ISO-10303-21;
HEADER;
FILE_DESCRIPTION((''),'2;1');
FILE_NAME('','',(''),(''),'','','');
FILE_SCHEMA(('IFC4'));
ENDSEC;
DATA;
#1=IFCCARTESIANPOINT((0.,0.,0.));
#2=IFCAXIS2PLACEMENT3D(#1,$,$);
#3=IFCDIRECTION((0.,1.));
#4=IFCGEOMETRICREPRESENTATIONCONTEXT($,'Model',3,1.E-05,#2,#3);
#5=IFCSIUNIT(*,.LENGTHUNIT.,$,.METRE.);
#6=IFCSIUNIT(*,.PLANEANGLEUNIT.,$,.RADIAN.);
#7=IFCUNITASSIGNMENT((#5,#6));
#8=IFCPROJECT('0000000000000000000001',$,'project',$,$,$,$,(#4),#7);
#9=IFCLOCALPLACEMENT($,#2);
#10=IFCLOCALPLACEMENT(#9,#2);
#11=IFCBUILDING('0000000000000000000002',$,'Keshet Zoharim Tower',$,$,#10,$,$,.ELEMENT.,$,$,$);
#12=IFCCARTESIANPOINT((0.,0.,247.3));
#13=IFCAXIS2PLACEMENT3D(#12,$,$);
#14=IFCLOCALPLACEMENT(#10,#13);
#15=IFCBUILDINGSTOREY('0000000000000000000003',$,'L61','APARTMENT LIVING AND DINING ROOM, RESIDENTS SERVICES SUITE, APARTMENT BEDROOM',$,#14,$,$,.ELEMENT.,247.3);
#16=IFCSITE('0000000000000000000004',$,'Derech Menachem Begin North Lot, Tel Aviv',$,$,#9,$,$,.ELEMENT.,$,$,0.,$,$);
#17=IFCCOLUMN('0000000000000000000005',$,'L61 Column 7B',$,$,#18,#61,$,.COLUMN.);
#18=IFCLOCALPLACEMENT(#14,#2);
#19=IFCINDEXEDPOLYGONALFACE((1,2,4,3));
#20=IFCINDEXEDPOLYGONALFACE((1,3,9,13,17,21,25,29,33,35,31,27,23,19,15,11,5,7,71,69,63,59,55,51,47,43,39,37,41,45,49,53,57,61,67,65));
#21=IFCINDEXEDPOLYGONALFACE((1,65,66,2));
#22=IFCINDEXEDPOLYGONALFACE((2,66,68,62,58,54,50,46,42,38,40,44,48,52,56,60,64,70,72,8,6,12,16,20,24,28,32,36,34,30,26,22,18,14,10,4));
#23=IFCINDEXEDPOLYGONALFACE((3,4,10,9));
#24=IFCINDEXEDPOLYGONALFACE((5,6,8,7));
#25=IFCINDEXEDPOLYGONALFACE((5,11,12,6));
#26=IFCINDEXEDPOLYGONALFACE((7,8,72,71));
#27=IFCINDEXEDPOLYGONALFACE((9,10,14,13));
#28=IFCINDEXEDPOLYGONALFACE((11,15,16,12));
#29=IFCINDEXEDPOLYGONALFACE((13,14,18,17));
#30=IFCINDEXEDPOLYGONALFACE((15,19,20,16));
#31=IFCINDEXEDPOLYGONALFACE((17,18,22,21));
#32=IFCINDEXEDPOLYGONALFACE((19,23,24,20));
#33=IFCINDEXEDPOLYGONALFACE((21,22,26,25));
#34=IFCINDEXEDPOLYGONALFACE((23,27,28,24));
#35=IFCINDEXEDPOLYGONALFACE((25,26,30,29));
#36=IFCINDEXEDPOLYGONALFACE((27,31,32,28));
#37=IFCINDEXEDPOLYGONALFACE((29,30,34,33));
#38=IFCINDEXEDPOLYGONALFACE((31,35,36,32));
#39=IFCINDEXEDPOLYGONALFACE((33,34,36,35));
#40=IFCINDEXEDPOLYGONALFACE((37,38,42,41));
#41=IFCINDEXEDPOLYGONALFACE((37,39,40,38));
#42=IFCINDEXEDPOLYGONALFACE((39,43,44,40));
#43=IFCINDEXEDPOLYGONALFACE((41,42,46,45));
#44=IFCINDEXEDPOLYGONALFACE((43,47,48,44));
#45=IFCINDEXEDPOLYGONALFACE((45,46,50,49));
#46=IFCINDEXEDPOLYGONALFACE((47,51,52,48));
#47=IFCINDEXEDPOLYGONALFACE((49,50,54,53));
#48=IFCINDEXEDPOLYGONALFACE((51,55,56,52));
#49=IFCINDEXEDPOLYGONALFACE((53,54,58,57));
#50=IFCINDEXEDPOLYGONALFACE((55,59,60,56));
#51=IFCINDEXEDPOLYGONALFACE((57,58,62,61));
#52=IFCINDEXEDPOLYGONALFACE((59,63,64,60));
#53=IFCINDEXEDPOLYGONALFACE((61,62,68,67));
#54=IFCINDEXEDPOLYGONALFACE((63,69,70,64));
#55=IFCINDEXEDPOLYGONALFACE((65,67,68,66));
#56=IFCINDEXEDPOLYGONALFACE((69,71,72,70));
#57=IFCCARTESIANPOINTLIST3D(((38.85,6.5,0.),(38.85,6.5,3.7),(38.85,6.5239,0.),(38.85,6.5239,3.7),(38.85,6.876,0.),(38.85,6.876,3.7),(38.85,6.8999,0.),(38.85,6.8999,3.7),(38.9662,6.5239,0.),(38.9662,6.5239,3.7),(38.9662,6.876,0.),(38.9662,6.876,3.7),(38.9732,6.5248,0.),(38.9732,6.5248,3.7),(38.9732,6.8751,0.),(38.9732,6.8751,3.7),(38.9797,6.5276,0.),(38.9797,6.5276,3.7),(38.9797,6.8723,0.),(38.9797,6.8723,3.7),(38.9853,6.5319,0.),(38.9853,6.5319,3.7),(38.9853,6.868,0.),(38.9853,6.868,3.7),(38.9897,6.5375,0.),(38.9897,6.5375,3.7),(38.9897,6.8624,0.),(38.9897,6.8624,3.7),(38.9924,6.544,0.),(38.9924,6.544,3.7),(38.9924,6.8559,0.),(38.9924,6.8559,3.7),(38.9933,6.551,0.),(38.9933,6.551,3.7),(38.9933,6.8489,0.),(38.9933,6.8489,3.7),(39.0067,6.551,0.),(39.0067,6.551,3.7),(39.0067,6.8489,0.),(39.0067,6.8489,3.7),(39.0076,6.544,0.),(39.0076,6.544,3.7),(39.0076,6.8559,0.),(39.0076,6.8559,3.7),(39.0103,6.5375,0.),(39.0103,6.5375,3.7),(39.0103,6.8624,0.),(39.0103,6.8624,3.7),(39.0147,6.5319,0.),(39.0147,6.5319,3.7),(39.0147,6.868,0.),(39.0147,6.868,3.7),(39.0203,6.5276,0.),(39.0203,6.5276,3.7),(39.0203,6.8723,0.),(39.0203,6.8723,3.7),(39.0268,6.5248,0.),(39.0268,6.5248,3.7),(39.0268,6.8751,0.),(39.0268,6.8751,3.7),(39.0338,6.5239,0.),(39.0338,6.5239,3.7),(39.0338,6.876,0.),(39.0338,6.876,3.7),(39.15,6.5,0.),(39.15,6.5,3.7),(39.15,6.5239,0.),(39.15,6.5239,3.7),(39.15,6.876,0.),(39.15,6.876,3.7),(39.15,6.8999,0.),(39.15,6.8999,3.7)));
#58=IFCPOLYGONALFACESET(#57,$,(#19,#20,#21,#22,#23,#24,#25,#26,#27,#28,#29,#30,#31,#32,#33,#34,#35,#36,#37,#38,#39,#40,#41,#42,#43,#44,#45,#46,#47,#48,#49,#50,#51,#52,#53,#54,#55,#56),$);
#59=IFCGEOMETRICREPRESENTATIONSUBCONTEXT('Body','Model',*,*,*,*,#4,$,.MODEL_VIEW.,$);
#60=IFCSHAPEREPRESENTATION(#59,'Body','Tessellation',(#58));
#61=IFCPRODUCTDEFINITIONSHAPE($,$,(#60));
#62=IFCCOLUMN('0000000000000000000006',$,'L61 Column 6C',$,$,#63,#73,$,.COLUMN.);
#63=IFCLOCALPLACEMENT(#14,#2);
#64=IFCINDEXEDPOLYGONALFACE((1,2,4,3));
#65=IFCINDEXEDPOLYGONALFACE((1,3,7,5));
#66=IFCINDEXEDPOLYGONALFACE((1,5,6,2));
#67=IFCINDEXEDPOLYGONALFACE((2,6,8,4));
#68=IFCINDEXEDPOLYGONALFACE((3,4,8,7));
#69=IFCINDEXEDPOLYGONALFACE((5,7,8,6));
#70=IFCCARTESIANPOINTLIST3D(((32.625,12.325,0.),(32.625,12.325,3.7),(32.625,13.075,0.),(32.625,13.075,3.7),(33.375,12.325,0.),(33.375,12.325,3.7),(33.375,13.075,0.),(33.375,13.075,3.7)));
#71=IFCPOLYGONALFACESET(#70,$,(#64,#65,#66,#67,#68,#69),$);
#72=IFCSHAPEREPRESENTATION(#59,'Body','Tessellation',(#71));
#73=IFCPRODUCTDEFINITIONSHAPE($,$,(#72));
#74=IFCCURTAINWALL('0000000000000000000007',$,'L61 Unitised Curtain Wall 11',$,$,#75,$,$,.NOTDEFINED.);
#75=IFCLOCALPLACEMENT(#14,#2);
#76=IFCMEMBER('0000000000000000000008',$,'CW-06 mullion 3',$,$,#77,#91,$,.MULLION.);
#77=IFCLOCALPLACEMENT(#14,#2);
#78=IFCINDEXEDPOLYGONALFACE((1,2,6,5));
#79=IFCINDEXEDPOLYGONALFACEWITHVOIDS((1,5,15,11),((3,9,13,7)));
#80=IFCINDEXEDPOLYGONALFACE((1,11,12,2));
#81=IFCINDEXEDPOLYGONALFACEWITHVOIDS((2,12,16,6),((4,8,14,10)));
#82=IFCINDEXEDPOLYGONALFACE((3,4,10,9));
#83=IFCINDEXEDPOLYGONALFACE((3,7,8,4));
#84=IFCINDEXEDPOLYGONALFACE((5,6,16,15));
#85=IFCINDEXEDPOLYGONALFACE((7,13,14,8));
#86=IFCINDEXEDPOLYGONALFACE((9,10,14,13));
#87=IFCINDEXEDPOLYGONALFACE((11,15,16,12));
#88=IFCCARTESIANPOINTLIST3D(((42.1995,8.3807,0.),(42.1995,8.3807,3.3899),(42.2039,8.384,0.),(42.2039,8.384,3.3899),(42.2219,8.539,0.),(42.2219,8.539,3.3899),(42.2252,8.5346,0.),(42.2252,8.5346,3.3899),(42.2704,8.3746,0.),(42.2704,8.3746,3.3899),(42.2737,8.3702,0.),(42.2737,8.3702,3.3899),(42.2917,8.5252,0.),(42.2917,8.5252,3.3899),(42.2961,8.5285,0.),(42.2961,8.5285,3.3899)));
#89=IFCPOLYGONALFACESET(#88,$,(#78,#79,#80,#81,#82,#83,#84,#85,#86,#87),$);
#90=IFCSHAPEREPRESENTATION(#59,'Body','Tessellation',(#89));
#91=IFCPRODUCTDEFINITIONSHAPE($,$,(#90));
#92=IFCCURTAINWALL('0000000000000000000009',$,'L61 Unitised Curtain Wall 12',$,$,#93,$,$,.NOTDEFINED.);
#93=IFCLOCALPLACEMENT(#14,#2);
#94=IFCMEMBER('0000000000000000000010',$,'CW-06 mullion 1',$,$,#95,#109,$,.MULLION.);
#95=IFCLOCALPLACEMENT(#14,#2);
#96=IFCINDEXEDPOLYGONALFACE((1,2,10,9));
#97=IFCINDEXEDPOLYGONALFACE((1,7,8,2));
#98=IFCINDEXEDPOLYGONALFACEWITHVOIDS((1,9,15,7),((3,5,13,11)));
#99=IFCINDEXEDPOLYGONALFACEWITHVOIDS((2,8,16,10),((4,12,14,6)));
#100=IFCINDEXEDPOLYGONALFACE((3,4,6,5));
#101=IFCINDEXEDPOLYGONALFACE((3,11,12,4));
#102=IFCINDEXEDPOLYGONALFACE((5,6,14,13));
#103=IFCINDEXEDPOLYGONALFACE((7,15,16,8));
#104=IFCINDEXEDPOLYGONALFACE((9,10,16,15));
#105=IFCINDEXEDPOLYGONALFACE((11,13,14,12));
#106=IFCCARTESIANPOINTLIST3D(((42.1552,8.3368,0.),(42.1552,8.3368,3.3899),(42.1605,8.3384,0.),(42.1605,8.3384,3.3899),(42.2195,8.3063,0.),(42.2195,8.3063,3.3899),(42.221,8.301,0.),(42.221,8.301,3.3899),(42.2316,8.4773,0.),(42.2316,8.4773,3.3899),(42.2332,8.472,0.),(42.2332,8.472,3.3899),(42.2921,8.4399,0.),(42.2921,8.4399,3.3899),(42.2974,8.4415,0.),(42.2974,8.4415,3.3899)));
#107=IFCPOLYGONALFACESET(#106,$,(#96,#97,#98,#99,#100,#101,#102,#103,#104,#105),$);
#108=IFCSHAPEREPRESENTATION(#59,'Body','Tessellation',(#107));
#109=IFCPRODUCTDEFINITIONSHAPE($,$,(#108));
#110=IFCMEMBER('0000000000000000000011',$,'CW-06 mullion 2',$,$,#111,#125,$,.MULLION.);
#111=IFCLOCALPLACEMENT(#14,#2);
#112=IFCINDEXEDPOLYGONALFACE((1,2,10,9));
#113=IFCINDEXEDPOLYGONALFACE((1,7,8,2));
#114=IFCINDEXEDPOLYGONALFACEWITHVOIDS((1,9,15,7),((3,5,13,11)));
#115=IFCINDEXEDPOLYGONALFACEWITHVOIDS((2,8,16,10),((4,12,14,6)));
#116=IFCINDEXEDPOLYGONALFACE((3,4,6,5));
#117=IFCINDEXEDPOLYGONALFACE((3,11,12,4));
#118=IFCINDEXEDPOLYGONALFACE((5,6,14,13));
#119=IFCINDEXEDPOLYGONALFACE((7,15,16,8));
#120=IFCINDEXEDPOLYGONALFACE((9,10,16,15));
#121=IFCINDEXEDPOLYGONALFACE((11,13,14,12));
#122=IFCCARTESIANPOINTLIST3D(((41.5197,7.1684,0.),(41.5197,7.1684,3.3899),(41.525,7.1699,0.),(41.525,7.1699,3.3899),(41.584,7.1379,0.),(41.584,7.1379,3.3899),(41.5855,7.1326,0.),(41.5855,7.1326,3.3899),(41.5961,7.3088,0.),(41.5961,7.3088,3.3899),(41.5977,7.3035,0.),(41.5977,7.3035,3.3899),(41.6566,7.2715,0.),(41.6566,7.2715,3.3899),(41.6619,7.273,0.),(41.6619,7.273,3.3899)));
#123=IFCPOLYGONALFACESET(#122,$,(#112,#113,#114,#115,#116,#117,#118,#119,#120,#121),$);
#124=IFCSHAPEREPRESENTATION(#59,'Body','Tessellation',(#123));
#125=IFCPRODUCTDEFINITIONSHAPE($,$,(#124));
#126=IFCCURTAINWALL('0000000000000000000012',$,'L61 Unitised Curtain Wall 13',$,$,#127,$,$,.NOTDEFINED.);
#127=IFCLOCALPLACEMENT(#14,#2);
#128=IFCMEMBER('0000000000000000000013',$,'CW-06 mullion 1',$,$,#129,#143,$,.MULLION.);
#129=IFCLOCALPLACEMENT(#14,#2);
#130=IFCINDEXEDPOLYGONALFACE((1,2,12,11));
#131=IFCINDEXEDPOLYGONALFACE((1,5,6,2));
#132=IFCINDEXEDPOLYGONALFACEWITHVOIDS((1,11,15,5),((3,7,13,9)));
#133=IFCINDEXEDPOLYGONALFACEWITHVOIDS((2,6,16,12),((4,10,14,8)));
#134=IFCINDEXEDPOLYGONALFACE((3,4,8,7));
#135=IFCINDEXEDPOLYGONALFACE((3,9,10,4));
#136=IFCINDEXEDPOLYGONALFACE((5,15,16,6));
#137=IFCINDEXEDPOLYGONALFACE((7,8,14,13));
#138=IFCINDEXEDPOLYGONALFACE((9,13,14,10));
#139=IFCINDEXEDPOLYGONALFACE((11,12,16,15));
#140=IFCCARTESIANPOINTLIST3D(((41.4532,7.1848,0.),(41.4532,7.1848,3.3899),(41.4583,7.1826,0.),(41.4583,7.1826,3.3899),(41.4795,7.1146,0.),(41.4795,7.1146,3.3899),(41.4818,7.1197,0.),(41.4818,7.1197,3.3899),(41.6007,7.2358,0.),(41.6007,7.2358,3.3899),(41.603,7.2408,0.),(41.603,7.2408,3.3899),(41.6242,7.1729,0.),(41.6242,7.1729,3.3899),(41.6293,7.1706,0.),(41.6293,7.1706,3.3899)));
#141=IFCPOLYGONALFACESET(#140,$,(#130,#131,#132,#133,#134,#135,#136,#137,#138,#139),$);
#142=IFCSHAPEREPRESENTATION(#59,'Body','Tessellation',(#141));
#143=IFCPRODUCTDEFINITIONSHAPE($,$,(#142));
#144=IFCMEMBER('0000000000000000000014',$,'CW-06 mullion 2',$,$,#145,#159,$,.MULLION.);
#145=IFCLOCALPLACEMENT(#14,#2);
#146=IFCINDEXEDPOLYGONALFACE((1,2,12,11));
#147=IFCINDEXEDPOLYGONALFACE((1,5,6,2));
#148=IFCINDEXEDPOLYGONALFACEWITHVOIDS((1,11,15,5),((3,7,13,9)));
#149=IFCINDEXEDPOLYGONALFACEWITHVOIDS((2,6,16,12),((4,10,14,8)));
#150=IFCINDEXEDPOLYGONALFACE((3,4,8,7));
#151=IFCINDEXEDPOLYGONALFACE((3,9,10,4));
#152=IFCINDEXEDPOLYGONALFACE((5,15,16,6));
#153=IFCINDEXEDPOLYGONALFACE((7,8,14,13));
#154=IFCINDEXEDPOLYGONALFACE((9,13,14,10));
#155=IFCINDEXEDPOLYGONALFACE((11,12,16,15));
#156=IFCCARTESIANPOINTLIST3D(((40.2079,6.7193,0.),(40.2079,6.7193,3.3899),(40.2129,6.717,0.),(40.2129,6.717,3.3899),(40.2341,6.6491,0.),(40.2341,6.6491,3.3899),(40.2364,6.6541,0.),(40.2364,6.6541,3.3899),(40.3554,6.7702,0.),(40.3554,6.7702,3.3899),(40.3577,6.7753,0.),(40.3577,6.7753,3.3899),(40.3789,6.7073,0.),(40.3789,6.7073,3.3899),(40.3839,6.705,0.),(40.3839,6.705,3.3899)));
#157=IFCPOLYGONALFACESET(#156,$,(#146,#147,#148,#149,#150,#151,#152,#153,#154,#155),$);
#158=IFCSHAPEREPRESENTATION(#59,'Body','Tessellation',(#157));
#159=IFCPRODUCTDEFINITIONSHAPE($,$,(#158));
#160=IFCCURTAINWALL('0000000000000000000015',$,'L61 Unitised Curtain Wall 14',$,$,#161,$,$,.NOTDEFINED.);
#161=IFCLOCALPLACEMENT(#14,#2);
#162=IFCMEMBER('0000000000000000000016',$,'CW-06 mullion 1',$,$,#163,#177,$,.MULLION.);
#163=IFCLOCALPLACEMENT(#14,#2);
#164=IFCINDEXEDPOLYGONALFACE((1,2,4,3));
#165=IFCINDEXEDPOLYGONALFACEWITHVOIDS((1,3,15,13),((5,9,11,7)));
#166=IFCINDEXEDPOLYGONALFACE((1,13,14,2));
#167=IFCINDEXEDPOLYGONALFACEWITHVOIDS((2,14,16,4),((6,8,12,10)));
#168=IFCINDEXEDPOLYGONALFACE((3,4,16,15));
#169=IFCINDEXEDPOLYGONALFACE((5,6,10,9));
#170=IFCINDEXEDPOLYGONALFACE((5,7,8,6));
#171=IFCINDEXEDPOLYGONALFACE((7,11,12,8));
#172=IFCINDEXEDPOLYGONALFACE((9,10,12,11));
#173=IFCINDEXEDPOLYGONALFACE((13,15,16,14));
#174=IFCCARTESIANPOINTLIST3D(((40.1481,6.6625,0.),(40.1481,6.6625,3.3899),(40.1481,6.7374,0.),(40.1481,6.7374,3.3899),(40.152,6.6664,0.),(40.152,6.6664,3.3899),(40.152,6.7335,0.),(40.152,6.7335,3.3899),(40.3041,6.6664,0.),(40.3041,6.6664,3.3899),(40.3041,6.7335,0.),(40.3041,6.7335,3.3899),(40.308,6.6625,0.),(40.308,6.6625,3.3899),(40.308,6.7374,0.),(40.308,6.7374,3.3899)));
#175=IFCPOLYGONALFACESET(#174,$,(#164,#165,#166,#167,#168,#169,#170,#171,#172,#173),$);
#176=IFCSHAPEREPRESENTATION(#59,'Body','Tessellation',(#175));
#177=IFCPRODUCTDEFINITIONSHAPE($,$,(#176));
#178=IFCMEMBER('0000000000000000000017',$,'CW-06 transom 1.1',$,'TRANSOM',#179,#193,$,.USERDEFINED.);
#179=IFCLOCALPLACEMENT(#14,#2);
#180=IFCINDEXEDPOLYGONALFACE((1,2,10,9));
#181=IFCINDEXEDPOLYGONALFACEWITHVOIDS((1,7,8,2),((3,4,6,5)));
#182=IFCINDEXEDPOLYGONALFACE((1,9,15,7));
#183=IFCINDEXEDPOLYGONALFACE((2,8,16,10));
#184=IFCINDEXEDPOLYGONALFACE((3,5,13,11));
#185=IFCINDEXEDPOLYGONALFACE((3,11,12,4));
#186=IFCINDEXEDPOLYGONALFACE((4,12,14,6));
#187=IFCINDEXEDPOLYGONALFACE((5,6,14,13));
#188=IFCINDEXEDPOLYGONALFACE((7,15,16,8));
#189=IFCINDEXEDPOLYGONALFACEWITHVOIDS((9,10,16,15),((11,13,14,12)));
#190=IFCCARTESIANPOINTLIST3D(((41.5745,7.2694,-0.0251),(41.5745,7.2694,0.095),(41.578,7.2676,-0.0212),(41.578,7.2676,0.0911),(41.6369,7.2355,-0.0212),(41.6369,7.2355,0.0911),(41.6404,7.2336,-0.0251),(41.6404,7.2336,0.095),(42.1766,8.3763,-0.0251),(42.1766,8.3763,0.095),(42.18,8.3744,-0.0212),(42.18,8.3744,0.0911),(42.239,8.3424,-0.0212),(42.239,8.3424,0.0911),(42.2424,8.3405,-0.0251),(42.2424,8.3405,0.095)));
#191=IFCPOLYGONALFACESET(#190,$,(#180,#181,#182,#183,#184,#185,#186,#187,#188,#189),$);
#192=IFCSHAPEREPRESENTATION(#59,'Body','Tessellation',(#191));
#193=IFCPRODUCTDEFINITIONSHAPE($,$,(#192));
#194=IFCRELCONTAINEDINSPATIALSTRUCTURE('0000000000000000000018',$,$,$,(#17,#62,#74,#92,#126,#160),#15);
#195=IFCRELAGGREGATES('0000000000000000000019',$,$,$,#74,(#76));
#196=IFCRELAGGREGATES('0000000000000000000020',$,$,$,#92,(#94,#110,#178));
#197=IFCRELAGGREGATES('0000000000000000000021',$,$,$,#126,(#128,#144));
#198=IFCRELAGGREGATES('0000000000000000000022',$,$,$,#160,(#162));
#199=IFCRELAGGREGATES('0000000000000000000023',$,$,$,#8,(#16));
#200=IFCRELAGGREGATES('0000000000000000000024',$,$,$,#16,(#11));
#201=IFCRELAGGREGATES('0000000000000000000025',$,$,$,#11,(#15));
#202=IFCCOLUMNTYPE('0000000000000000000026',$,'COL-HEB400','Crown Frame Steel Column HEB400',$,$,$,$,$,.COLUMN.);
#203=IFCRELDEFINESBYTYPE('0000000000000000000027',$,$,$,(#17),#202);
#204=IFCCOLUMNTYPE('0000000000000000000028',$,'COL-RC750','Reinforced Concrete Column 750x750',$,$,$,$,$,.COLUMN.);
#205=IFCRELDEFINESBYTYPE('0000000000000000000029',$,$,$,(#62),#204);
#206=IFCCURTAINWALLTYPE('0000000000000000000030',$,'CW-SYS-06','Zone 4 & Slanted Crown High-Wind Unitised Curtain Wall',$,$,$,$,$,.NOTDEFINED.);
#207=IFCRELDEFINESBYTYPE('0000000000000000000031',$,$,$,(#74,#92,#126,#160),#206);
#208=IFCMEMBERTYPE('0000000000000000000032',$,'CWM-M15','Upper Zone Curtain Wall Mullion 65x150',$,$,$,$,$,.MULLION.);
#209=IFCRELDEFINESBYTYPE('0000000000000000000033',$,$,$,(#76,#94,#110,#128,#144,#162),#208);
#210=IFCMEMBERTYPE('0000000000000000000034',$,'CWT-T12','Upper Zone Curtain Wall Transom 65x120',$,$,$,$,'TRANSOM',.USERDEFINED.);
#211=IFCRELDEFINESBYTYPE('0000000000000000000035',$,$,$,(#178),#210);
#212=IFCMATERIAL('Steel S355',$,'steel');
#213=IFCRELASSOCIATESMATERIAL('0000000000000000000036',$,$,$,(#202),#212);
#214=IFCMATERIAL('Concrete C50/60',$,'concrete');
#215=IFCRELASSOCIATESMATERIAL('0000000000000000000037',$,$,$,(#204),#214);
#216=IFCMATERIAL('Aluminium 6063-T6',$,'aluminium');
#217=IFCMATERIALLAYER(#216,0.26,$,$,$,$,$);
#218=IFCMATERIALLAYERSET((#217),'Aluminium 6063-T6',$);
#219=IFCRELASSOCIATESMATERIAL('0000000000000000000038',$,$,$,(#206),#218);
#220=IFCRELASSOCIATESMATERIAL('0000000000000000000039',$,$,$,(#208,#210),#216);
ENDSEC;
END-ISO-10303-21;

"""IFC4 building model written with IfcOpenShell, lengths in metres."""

from ifc_helpers import new_model, si_unit, direction, frame, origin, origin_2d, place, context, subcontext, project, spatial, rectangle, hollow_rectangle, i_section, extrude, material, layer, layer_set, material_profile, profile_set, type_object, element, aggregate, save


model = new_model("IFC4")

# Units and contexts
model_context = context("Model", 3, precision=1e-05, world=origin(), true_north=direction((0.0, 1.0)))
body_context = subcontext(model_context, "Body", "Model", "MODEL_VIEW")
ifc_project = project(units=[si_unit("LENGTHUNIT", "METRE"), si_unit("PLANEANGLEUNIT", "RADIAN")], contexts=[model_context])

# Site, building, storey
site_placement = place(None, origin())
site = spatial("IfcSite", under=ifc_project, at=site_placement, Name="Derech Menachem Begin North Lot, Tel Aviv", CompositionType="ELEMENT", RefElevation=0.0)
building_placement = place(site_placement, origin())
building = spatial("IfcBuilding", under=site, at=building_placement, Name="Keshet Zoharim Tower", CompositionType="ELEMENT")
storey_placement = place(building_placement, frame((0.0, 0.0, 247.3)))
storey = spatial("IfcBuildingStorey", under=building, at=storey_placement, Name="L61", Description="APARTMENT LIVING AND DINING ROOM, RESIDENTS SERVICES SUITE, APARTMENT BEDROOM", CompositionType="ELEMENT", Elevation=247.3)

# Columns
ifc_material_1 = material(Name="Steel S355", Category="steel")
ifc_material_profile_1 = material_profile(ifc_material_1, i_section(OverallWidth=0.3, OverallDepth=0.3999, WebThickness=0.0134, FlangeThickness=0.0239, FilletRadius=0.0271, at=origin_2d()), Name="HEB400")
ifc_profile_set_1 = profile_set([ifc_material_profile_1], Name="Steel S355")
column_type_1 = type_object("IfcColumnType", Name="COL-HEB400", Description="Crown Frame Steel Column HEB400", PredefinedType="COLUMN", material=ifc_profile_set_1)
column_1_placement = place(storey_placement, frame((39.0, 6.7, 0.0), z_axis=(0.0, 0.0, 1.0), x_axis=(1.0, 0.0, 0.0)))
element("IfcColumn", 1, at=column_1_placement, inside=storey, type_object=column_type_1, Name="L61 Column 7B", PredefinedType="COLUMN", context=body_context, shape_type="SweptSolid", body=[
    extrude(i_section(OverallWidth=0.3, OverallDepth=0.3999, WebThickness=0.0134, FlangeThickness=0.0239, FilletRadius=0.0271, at=origin_2d()), origin(), (0.0, 0.0, 1.0), 3.7),
])
ifc_material_2 = material(Name="Concrete C50/60", Category="concrete")
ifc_material_profile_2 = material_profile(ifc_material_2, rectangle(XDim=0.75, YDim=0.75, at=origin_2d()), Name="RC750x750")
ifc_profile_set_2 = profile_set([ifc_material_profile_2], Name="Concrete C50/60")
column_type_2 = type_object("IfcColumnType", Name="COL-RC750", Description="Reinforced Concrete Column 750x750", PredefinedType="COLUMN", material=ifc_profile_set_2)
column_2_placement = place(storey_placement, frame((33.0, 12.7, 0.0), z_axis=(0.0, 0.0, 1.0), x_axis=(1.0, 0.0, 0.0)))
element("IfcColumn", 2, at=column_2_placement, inside=storey, type_object=column_type_2, Name="L61 Column 6C", PredefinedType="COLUMN", context=body_context, shape_type="SweptSolid", body=[
    extrude(rectangle(XDim=0.75, YDim=0.75, at=origin_2d()), origin(), (0.0, 0.0, 1.0), 3.7),
])

# Curtain wall, member
ifc_material_3 = material(Name="Aluminium 6063-T6", Category="aluminium")
ifc_layer_1 = layer(ifc_material_3, 0.26)
ifc_layer_set_1 = layer_set([ifc_layer_1], Name="Aluminium 6063-T6")
curtain_wall_type = type_object("IfcCurtainWallType", Name="CW-SYS-06", Description="Zone 4 & Slanted Crown High-Wind Unitised Curtain Wall", PredefinedType="NOTDEFINED", material=ifc_layer_set_1)
curtain_wall_1_placement = place(storey_placement, origin())
curtain_wall_1 = element("IfcCurtainWall", 3, at=curtain_wall_1_placement, inside=storey, type_object=curtain_wall_type, Name="L61 Unitised Curtain Wall 11", PredefinedType="NOTDEFINED")
ifc_material_profile_3 = material_profile(ifc_material_3, hollow_rectangle(XDim=0.075, YDim=0.1599, WallThickness=0.0039, at=origin_2d()), Name="MUL-75x160")
ifc_profile_set_3 = profile_set([ifc_material_profile_3], Name="Aluminium 6063-T6")
member_type_1 = type_object("IfcMemberType", Name="CWM-M15", Description="Upper Zone Curtain Wall Mullion 65x150", PredefinedType="MULLION", material=ifc_profile_set_3)
member_1_placement = place(storey_placement, frame((42.2478, 8.4546, 0.0), z_axis=(0.0, 0.0, 1.0), x_axis=(0.990132, -0.140137, 0.0)))
member_1 = element("IfcMember", 4, at=member_1_placement, type_object=member_type_1, Name="CW-06 mullion 3", PredefinedType="MULLION", context=body_context, shape_type="SweptSolid", body=[
    extrude(hollow_rectangle(XDim=0.075, YDim=0.1599, WallThickness=0.0039, at=origin_2d()), origin(), (0.0, 0.0, 1.0), 3.3899),
])
aggregate(curtain_wall_1, [member_1])

# Curtain walls, members
curtain_wall_2_placement = place(storey_placement, origin())
curtain_wall_2 = element("IfcCurtainWall", 5, at=curtain_wall_2_placement, inside=storey, type_object=curtain_wall_type, Name="L61 Unitised Curtain Wall 12", PredefinedType="NOTDEFINED")
member_2_placement = place(storey_placement, frame((42.2263, 8.3892, 0.0), z_axis=(0.0, 0.0, 1.0), x_axis=(0.878468, -0.477801, 0.0)))
member_2 = element("IfcMember", 6, at=member_2_placement, type_object=member_type_1, Name="CW-06 mullion 1", PredefinedType="MULLION", context=body_context, shape_type="SweptSolid", body=[
    extrude(hollow_rectangle(XDim=0.075, YDim=0.1599, WallThickness=0.0039, at=origin_2d()), origin(), (0.0, 0.0, 1.0), 3.3899),
])
member_3_placement = place(storey_placement, frame((41.5908, 7.2207, 0.0), z_axis=(0.0, 0.0, 1.0), x_axis=(0.878468, -0.477801, 0.0)))
member_3 = element("IfcMember", 7, at=member_3_placement, type_object=member_type_1, Name="CW-06 mullion 2", PredefinedType="MULLION", context=body_context, shape_type="SweptSolid", body=[
    extrude(hollow_rectangle(XDim=0.075, YDim=0.1599, WallThickness=0.0039, at=origin_2d()), origin(), (0.0, 0.0, 1.0), 3.3899),
])
curtain_wall_3_placement = place(storey_placement, origin())
curtain_wall_3 = element("IfcCurtainWall", 8, at=curtain_wall_3_placement, inside=storey, type_object=curtain_wall_type, Name="L61 Unitised Curtain Wall 13", PredefinedType="NOTDEFINED")
member_4_placement = place(storey_placement, frame((41.5413, 7.1777, 0.0), z_axis=(0.0, 0.0, 1.0), x_axis=(0.350105, -0.93671, 0.0)))
member_4 = element("IfcMember", 9, at=member_4_placement, type_object=member_type_1, Name="CW-06 mullion 1", PredefinedType="MULLION", context=body_context, shape_type="SweptSolid", body=[
    extrude(hollow_rectangle(XDim=0.075, YDim=0.1599, WallThickness=0.0039, at=origin_2d()), origin(), (0.0, 0.0, 1.0), 3.3899),
])
member_5_placement = place(storey_placement, frame((40.2959, 6.7122, 0.0), z_axis=(0.0, 0.0, 1.0), x_axis=(0.350105, -0.93671, 0.0)))
member_5 = element("IfcMember", 10, at=member_5_placement, type_object=member_type_1, Name="CW-06 mullion 2", PredefinedType="MULLION", context=body_context, shape_type="SweptSolid", body=[
    extrude(hollow_rectangle(XDim=0.075, YDim=0.1599, WallThickness=0.0039, at=origin_2d()), origin(), (0.0, 0.0, 1.0), 3.3899),
])

# Curtain wall, member
curtain_wall_4_placement = place(storey_placement, origin())
curtain_wall_4 = element("IfcCurtainWall", 11, at=curtain_wall_4_placement, inside=storey, type_object=curtain_wall_type, Name="L61 Unitised Curtain Wall 14", PredefinedType="NOTDEFINED")
member_6_placement = place(storey_placement, frame((40.228, 6.7, 0.0), z_axis=(0.0, 0.0, 1.0), x_axis=(0.0, -1.0, 0.0)))
member_6 = element("IfcMember", 12, at=member_6_placement, type_object=member_type_1, Name="CW-06 mullion 1", PredefinedType="MULLION", context=body_context, shape_type="SweptSolid", body=[
    extrude(hollow_rectangle(XDim=0.075, YDim=0.1599, WallThickness=0.0039, at=origin_2d()), origin(), (0.0, 0.0, 1.0), 3.3899),
])

# Member
ifc_material_profile_4 = material_profile(ifc_material_3, hollow_rectangle(XDim=0.075, YDim=0.1201, WallThickness=0.0039, at=origin_2d()), Name="TRN-75x120")
ifc_profile_set_4 = profile_set([ifc_material_profile_4], Name="Aluminium 6063-T6")
member_type_2 = type_object("IfcMemberType", Name="CWT-T12", Description="Upper Zone Curtain Wall Transom 65x120", ElementType="TRANSOM", PredefinedType="USERDEFINED", material=ifc_profile_set_4)
member_7_placement = place(storey_placement, frame((42.2095, 8.3584, 0.0349), z_axis=(-0.477793, -0.878472, 0.0), x_axis=(0.878472, -0.477793, 0.0)))
member_7 = element("IfcMember", 13, at=member_7_placement, type_object=member_type_2, Name="CW-06 transom 1.1", ObjectType="TRANSOM", PredefinedType="USERDEFINED", context=body_context, shape_type="SweptSolid", body=[
    extrude(hollow_rectangle(XDim=0.075, YDim=0.1201, WallThickness=0.0039, at=origin_2d()), origin(), (0.0, 0.0, 1.0), 1.26),
])

aggregate(curtain_wall_2, [member_2, member_3, member_7])
aggregate(curtain_wall_3, [member_4, member_5])
aggregate(curtain_wall_4, [member_6])

save(model, "model.ifc")
